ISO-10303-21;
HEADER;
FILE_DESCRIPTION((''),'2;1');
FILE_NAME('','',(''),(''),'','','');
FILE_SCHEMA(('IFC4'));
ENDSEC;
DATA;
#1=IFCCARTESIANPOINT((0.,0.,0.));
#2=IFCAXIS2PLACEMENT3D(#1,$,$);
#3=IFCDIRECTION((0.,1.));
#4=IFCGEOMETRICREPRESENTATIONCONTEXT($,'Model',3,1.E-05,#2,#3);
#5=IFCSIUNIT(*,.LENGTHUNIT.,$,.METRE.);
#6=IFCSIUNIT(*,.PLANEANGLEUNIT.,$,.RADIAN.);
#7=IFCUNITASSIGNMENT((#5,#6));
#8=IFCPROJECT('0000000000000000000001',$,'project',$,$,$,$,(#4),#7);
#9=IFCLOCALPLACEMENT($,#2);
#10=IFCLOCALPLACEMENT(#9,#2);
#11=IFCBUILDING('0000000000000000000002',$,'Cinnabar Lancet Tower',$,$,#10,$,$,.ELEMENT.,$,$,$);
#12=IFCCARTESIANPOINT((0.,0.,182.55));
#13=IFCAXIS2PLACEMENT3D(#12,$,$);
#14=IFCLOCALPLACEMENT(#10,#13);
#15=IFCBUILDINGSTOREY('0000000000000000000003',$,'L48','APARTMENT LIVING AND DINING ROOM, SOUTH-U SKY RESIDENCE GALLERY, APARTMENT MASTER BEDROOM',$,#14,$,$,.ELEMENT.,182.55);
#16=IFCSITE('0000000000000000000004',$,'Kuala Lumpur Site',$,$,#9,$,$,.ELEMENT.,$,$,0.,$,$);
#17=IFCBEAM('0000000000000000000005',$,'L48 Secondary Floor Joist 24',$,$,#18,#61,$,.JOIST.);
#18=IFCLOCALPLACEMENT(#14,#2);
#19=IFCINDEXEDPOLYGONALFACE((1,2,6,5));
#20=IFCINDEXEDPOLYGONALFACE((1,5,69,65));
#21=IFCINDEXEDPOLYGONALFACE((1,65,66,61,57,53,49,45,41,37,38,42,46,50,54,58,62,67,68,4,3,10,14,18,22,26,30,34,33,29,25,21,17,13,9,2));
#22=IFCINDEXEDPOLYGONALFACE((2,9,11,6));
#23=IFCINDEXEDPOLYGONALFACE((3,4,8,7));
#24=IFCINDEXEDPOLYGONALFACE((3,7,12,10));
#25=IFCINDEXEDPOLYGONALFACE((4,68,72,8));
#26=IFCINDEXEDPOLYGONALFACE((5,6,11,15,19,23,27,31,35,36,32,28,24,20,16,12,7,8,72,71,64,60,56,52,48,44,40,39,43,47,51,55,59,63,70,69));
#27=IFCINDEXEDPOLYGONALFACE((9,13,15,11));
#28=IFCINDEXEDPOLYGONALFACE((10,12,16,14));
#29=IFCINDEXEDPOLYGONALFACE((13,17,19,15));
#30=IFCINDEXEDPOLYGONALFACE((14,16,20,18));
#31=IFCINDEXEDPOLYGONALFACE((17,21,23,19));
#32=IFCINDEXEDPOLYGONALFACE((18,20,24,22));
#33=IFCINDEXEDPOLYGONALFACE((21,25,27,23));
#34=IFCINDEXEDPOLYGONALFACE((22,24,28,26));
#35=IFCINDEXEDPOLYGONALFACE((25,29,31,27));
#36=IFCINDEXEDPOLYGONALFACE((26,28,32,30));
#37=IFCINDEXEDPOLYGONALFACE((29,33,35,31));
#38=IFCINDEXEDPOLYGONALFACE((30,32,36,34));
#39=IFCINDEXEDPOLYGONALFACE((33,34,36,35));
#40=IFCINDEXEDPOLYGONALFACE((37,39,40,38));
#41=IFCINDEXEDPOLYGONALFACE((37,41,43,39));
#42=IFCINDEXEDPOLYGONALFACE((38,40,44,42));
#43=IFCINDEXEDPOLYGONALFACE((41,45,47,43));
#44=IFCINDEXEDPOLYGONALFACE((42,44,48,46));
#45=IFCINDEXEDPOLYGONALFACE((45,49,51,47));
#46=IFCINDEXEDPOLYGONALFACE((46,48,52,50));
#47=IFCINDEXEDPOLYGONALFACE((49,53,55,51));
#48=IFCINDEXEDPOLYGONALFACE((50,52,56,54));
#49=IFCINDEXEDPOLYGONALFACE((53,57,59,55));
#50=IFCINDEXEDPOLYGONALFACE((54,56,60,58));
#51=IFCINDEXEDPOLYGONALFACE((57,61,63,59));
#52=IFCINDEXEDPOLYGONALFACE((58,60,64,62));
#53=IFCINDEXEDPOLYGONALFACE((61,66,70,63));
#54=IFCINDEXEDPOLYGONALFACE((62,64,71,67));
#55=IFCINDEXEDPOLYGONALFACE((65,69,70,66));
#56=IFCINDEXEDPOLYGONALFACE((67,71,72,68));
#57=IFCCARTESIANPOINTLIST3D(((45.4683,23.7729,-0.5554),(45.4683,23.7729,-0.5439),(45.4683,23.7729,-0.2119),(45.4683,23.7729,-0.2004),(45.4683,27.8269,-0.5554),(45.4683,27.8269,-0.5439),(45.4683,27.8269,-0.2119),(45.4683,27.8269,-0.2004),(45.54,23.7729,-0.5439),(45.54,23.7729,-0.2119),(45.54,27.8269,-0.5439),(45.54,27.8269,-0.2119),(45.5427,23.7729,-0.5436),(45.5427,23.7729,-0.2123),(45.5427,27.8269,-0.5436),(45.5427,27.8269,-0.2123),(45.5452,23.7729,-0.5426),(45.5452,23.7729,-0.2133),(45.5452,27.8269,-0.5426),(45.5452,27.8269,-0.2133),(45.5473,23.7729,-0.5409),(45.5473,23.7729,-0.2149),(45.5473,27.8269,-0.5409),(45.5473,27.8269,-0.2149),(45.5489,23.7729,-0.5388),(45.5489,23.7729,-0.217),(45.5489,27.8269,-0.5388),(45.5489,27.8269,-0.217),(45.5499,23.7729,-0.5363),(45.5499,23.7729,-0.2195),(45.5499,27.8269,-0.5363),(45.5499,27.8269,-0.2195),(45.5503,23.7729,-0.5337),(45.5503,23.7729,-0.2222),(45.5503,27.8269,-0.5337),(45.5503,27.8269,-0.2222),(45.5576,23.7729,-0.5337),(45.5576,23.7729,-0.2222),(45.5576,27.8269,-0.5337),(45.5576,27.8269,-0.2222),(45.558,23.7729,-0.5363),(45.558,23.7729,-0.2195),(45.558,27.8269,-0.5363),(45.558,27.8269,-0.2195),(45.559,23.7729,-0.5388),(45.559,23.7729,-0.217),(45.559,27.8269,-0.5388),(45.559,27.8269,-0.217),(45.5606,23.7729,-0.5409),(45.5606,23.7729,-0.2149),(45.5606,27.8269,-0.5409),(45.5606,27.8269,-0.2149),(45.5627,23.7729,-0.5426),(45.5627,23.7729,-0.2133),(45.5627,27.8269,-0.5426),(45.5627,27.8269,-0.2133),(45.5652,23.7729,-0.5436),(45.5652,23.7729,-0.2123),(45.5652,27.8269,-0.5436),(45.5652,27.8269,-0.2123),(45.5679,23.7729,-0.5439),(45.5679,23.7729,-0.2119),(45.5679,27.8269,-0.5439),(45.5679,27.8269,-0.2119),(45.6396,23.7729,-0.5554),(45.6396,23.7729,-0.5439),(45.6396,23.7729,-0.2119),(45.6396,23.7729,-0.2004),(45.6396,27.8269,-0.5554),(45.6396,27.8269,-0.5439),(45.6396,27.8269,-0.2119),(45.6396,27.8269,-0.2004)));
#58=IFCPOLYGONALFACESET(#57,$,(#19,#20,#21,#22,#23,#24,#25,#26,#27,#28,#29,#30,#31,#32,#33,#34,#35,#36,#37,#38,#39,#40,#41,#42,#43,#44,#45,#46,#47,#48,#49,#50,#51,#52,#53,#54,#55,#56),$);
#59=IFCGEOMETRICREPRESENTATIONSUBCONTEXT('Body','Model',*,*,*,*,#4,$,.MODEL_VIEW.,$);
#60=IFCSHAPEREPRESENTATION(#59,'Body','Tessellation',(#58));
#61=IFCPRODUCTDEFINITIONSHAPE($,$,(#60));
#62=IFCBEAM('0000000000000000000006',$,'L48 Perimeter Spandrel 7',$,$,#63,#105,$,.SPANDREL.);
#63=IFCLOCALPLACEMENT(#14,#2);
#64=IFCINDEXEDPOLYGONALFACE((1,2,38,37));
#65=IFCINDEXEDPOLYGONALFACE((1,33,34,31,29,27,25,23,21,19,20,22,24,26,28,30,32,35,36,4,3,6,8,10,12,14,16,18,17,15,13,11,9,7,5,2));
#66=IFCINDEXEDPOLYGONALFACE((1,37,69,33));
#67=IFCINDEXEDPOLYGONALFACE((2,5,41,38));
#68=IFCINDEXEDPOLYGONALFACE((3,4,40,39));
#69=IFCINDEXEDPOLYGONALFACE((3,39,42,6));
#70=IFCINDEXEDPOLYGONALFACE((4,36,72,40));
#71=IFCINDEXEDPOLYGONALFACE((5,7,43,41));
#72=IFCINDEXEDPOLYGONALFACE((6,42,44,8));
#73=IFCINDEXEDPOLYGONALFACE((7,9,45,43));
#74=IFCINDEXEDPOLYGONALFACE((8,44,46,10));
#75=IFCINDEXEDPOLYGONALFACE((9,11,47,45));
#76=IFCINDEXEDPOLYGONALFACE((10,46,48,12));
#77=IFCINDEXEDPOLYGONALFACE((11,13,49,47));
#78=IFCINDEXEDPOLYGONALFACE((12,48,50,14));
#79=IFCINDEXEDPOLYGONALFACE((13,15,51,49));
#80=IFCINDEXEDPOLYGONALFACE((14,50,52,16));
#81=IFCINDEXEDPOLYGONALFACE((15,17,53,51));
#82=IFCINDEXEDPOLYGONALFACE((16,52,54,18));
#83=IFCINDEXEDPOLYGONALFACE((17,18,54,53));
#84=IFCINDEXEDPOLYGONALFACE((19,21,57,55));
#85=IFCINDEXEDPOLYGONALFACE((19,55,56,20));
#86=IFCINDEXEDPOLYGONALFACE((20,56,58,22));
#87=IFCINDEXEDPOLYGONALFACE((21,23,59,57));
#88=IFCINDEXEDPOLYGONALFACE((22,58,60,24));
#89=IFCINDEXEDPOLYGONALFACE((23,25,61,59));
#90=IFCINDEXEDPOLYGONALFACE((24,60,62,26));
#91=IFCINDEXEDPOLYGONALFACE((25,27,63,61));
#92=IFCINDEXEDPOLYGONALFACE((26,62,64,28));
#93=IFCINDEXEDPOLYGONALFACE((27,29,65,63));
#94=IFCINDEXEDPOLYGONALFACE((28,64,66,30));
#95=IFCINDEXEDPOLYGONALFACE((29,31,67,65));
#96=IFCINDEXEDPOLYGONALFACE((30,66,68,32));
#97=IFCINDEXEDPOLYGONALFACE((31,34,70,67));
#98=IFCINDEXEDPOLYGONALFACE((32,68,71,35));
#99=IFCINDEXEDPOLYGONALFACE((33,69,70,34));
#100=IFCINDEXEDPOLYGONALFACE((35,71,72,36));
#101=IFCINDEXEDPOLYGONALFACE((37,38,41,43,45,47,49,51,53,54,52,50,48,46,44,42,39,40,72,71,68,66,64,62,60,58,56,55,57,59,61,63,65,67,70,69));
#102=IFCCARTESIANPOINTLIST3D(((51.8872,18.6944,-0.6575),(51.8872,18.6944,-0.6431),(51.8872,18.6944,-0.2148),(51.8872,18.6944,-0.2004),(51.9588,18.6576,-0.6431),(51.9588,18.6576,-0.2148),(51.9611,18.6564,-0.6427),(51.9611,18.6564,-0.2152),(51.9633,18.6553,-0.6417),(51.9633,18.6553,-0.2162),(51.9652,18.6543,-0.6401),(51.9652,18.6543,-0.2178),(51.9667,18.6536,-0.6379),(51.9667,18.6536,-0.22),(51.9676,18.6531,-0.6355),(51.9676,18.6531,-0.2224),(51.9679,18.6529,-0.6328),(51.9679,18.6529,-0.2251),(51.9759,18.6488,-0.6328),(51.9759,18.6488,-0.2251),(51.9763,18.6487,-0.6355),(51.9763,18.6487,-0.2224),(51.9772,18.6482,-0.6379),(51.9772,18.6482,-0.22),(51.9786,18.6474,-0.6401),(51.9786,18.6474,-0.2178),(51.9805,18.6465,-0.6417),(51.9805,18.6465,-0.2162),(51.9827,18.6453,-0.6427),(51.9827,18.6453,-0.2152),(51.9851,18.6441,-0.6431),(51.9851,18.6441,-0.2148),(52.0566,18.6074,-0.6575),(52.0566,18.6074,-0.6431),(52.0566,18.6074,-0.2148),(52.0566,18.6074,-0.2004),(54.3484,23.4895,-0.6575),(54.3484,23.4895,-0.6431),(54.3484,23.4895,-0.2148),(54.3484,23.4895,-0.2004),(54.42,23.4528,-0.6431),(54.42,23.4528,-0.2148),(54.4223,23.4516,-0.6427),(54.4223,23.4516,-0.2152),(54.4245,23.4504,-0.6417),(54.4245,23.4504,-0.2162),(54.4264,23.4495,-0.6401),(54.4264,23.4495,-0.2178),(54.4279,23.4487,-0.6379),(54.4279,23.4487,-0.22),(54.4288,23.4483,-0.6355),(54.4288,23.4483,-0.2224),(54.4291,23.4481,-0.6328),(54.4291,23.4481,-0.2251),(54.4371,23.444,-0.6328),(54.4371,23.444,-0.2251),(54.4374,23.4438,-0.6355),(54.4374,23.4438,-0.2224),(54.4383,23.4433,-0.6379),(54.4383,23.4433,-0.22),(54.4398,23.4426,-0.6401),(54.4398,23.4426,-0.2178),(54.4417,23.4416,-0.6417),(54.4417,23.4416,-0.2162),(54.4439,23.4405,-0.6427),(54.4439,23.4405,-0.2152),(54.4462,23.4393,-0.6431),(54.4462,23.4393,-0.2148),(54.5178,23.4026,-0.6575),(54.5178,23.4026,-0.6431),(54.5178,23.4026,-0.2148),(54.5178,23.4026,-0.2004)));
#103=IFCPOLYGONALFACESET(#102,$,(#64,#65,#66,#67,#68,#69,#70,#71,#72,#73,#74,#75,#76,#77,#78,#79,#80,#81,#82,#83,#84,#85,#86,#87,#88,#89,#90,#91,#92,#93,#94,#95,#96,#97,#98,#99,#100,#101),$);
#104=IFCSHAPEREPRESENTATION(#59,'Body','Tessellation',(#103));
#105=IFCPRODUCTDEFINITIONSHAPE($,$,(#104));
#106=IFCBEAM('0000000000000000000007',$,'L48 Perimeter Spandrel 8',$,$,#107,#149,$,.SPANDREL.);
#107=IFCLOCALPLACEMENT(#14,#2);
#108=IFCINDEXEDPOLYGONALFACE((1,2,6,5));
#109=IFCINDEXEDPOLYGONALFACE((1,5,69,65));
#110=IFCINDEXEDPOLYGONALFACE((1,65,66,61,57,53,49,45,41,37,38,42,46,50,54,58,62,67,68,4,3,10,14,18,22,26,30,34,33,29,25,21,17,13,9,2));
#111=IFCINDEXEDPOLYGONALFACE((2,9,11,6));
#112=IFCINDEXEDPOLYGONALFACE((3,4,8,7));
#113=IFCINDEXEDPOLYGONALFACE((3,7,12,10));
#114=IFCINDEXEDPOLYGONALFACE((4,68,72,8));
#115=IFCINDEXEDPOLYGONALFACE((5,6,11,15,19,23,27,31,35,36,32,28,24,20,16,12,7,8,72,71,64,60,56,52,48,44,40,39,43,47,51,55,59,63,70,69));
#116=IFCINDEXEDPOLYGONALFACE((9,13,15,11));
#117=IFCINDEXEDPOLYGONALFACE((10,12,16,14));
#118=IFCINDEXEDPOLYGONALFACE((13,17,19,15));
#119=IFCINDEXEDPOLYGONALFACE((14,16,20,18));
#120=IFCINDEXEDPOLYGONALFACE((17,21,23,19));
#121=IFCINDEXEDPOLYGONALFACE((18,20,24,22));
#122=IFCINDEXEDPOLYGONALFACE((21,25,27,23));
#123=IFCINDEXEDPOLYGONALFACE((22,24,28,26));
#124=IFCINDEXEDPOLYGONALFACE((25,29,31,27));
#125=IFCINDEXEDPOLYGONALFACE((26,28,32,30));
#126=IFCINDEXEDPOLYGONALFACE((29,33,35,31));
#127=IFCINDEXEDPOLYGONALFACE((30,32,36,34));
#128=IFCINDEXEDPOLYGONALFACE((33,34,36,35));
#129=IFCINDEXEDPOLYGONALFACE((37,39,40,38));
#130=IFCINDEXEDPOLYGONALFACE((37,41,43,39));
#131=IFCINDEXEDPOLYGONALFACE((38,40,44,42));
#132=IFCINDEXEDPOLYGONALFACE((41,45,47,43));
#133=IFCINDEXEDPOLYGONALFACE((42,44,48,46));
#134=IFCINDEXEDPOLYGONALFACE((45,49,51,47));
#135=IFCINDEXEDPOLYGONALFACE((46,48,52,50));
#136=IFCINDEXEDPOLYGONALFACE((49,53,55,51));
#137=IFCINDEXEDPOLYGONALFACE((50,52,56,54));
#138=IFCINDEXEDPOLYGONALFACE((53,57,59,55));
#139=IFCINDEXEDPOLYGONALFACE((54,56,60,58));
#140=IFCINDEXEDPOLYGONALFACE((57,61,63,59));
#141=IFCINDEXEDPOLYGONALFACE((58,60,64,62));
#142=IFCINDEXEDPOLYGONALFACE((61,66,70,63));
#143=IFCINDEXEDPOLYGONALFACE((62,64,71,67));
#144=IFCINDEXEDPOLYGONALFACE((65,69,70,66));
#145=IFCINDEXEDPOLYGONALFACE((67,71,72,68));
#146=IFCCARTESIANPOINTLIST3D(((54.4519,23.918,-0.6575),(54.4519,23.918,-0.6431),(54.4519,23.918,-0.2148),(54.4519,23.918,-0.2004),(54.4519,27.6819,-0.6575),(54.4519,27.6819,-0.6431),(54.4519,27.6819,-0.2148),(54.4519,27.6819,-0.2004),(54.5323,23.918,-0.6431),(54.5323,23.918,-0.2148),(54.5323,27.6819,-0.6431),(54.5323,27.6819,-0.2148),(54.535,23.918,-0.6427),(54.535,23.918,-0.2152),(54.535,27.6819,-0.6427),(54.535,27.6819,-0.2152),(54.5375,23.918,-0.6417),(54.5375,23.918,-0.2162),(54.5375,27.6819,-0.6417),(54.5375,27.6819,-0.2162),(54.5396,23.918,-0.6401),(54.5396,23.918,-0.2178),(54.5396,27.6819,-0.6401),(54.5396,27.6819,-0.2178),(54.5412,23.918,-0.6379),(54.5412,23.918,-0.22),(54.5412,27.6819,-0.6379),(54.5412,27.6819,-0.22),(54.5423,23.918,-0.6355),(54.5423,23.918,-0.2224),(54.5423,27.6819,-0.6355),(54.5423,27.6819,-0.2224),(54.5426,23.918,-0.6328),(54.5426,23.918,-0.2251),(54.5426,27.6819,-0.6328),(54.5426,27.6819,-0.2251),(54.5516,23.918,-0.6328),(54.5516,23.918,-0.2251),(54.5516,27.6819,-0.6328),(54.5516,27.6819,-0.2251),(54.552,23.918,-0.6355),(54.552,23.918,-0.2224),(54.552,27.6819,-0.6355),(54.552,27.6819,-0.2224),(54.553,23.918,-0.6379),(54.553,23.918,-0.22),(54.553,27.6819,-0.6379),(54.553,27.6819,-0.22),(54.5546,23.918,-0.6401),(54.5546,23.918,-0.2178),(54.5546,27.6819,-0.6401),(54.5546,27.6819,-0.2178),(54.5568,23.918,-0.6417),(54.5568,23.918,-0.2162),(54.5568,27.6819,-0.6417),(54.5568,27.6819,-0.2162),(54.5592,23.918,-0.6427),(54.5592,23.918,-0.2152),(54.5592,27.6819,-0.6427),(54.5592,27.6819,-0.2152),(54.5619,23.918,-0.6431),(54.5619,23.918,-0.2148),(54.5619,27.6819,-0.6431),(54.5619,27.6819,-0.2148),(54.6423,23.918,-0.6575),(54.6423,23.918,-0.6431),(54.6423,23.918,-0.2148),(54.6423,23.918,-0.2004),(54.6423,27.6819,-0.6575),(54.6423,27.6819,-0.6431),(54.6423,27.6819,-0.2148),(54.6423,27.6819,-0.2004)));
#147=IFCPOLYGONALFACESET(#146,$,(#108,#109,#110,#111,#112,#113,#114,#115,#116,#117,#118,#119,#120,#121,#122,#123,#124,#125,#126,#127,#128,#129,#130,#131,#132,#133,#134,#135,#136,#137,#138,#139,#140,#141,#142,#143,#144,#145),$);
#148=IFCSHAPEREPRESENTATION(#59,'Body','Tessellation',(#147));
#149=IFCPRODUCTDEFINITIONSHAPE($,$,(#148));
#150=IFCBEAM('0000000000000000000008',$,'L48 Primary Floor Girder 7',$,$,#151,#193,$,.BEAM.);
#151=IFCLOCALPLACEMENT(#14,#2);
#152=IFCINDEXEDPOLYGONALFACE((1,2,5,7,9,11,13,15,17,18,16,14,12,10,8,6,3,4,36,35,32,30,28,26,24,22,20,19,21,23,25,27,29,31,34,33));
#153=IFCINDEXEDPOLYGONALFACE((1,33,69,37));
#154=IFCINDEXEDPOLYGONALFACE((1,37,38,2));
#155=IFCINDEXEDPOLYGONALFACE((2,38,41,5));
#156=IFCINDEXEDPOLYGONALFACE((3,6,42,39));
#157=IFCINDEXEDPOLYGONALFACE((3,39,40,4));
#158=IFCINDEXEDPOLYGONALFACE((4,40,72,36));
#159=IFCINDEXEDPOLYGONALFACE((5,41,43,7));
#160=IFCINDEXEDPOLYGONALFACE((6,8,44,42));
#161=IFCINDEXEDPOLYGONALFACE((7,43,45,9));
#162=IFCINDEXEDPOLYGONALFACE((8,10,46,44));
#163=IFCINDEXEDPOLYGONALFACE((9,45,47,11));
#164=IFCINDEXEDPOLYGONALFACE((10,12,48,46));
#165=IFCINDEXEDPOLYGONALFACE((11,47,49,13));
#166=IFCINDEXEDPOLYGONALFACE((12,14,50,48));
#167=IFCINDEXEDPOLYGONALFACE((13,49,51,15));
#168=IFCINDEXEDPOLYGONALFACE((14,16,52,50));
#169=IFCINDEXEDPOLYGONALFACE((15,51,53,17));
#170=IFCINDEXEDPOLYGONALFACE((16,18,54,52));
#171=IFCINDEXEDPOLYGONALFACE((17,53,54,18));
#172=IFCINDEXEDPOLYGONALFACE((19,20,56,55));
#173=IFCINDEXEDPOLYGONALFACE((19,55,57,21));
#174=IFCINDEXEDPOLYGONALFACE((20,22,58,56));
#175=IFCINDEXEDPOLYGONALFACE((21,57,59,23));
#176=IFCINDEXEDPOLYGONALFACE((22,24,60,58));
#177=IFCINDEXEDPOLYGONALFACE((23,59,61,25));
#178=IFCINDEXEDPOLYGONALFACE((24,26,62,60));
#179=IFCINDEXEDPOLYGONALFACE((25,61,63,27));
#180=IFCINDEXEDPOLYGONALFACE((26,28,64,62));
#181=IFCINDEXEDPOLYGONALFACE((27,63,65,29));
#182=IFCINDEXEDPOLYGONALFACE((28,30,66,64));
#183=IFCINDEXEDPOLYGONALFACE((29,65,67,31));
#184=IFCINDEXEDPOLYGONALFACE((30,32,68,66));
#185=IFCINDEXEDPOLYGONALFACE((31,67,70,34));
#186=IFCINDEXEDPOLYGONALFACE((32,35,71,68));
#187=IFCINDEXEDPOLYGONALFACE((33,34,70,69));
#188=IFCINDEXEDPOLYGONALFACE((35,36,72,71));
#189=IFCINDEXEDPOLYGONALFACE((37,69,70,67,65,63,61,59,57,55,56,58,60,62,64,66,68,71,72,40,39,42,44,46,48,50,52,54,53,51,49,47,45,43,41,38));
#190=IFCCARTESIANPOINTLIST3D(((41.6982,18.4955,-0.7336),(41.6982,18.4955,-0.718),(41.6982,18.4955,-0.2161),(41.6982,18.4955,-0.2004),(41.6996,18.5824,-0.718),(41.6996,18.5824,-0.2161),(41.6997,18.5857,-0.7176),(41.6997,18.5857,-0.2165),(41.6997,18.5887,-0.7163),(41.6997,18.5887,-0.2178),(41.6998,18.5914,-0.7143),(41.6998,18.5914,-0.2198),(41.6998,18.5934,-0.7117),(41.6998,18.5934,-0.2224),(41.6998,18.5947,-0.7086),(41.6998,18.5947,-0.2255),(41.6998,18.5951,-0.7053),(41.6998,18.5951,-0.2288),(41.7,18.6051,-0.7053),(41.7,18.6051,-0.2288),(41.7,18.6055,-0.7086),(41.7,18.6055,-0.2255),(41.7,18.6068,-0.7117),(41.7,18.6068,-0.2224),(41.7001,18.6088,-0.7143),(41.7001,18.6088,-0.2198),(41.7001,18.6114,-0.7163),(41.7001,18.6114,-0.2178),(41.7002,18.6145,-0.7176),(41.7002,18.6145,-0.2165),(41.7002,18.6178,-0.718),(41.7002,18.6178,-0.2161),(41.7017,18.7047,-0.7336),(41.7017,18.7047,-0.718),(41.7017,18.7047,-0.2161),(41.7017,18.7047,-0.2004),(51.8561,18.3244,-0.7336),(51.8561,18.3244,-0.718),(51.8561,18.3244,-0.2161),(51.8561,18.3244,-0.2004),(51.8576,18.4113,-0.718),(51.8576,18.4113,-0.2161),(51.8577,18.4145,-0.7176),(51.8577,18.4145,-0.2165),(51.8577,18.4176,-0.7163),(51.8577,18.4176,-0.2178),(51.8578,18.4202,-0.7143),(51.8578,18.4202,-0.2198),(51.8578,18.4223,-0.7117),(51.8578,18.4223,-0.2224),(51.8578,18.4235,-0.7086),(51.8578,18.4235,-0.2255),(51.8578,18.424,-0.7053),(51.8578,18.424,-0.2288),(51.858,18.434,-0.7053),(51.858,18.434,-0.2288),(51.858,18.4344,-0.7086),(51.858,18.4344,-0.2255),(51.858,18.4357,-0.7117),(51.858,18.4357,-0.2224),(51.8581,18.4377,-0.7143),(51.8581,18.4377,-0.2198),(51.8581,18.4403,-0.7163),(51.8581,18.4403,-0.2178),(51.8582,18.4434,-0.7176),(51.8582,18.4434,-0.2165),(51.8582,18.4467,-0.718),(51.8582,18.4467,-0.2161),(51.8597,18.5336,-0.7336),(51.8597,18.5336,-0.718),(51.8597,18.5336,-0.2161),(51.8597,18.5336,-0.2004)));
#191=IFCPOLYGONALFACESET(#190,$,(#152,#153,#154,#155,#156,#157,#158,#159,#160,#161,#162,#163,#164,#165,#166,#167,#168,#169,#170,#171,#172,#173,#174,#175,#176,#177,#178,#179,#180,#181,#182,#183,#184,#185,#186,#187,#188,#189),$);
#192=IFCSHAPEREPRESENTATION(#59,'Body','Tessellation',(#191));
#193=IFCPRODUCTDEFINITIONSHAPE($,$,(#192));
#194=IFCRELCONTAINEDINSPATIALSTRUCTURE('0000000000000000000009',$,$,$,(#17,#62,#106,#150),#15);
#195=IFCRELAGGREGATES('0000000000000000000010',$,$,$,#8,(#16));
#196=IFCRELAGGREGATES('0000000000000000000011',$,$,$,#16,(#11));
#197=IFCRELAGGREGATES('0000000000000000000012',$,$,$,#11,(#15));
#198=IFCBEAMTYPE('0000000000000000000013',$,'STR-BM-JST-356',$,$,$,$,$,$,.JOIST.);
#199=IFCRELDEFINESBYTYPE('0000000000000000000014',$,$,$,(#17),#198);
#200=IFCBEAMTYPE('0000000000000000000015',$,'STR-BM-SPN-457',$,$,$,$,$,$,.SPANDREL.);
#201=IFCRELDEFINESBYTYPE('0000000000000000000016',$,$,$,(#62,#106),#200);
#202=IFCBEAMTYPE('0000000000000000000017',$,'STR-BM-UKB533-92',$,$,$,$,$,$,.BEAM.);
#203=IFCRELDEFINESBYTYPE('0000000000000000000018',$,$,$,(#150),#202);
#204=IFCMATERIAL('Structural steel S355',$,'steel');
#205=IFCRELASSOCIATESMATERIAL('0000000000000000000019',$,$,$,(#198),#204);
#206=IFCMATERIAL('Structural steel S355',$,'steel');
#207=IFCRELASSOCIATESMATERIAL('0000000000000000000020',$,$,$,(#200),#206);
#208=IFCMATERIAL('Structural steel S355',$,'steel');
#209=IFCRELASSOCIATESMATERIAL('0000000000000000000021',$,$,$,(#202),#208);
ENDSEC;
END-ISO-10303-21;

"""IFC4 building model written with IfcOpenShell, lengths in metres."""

from ifc_helpers import new_model, si_unit, direction, frame, origin, origin_2d, place, context, subcontext, project, spatial, i_section, extrude, material, material_profile, profile_set, type_object, element, save


model = new_model("IFC4")

# Units and contexts
model_context = context("Model", 3, precision=1e-05, world=origin(), true_north=direction((0.0, 1.0)))
body_context = subcontext(model_context, "Body", "Model", "MODEL_VIEW")
ifc_project = project(units=[si_unit("LENGTHUNIT", "METRE"), si_unit("PLANEANGLEUNIT", "RADIAN")], contexts=[model_context])

# Site, building, storey
site_placement = place(None, origin())
site = spatial("IfcSite", under=ifc_project, at=site_placement, Name="Kuala Lumpur Site", CompositionType="ELEMENT", RefElevation=0.0)
building_placement = place(site_placement, origin())
building = spatial("IfcBuilding", under=site, at=building_placement, Name="Cinnabar Lancet Tower", CompositionType="ELEMENT")
storey_placement = place(building_placement, frame((0.0, 0.0, 182.55)))
storey = spatial("IfcBuildingStorey", under=building, at=storey_placement, Name="L48", Description="APARTMENT LIVING AND DINING ROOM, SOUTH-U SKY RESIDENCE GALLERY, APARTMENT MASTER BEDROOM", CompositionType="ELEMENT", Elevation=182.55)

# Beams
ifc_material_1 = material(Name="Structural steel S355", Category="steel")
ifc_material_profile_1 = material_profile(ifc_material_1, i_section(OverallWidth=0.1714, OverallDepth=0.355, WebThickness=0.0073, FlangeThickness=0.0115, FilletRadius=0.0103, at=origin_2d()), Name="UKB 356x171x51")
ifc_profile_set_1 = profile_set([ifc_material_profile_1], Name="Structural steel S355")
beam_type_1 = type_object("IfcBeamType", Name="STR-BM-JST-356", PredefinedType="JOIST", material=ifc_profile_set_1)
for number, where, z_axis, x_axis, name in (
    (1, (45.554, 23.7729, -0.3779), (0.0, 1.0, 0.0), (-1.0, 0.0, 0.0), "L48 Secondary Floor Joist 24"),
):
    element("IfcBeam", number, at=place(storey_placement, frame(where, z_axis=z_axis, x_axis=x_axis)), inside=storey, type_object=beam_type_1, Name=name, PredefinedType="JOIST", context=body_context, shape_type="SweptSolid", body=[
        extrude(i_section(OverallWidth=0.1714, OverallDepth=0.355, WebThickness=0.0073, FlangeThickness=0.0115, FilletRadius=0.0103, at=origin_2d()), origin(), (0.0, 0.0, 1.0), 4.054),
    ])
ifc_material_2 = material(Name="Structural steel S355", Category="steel")
ifc_material_profile_2 = material_profile(ifc_material_2, i_section(OverallWidth=0.1904, OverallDepth=0.457, WebThickness=0.009, FlangeThickness=0.0144, FilletRadius=0.0103, at=origin_2d()), Name="UKB 457x191x74")
ifc_profile_set_2 = profile_set([ifc_material_profile_2], Name="Structural steel S355")
beam_type_2 = type_object("IfcBeamType", Name="STR-BM-SPN-457", PredefinedType="SPANDREL", material=ifc_profile_set_2)
beam_1_placement = place(storey_placement, frame((51.9719, 18.6509, -0.429), z_axis=(0.456628, 0.889658, 0.0), x_axis=(-0.889658, 0.456628, 0.0)))
element("IfcBeam", 2, at=beam_1_placement, inside=storey, type_object=beam_type_2, Name="L48 Perimeter Spandrel 7", PredefinedType="SPANDREL", context=body_context, shape_type="SweptSolid", body=[
    extrude(i_section(OverallWidth=0.1904, OverallDepth=0.457, WebThickness=0.009, FlangeThickness=0.0144, FilletRadius=0.0103, at=origin_2d()), origin(), (0.0, 0.0, 1.0), 5.3899),
])
beam_2_placement = place(storey_placement, frame((54.5471, 23.918, -0.429), z_axis=(0.0, 1.0, 0.0), x_axis=(-1.0, 0.0, 0.0)))
element("IfcBeam", 3, at=beam_2_placement, inside=storey, type_object=beam_type_2, Name="L48 Perimeter Spandrel 8", PredefinedType="SPANDREL", context=body_context, shape_type="SweptSolid", body=[
    extrude(i_section(OverallWidth=0.1904, OverallDepth=0.457, WebThickness=0.009, FlangeThickness=0.0144, FilletRadius=0.0103, at=origin_2d()), origin(), (0.0, 0.0, 1.0), 3.7639),
])
ifc_material_3 = material(Name="Structural steel S355", Category="steel")
ifc_material_profile_3 = material_profile(ifc_material_3, i_section(OverallWidth=0.2092, OverallDepth=0.5332, WebThickness=0.01, FlangeThickness=0.0156, FilletRadius=0.0127, at=origin_2d()), Name="UKB 533x210x92")
ifc_profile_set_3 = profile_set([ifc_material_profile_3], Name="Structural steel S355")
beam_type_3 = type_object("IfcBeamType", Name="STR-BM-UKB533-92", PredefinedType="BEAM", material=ifc_profile_set_3)
beam_3_placement = place(storey_placement, frame((51.8579, 18.429, -0.467), z_axis=(-0.999858, 0.016846, 0.0), x_axis=(-0.016846, -0.999858, 0.0)))
element("IfcBeam", 4, at=beam_3_placement, inside=storey, type_object=beam_type_3, Name="L48 Primary Floor Girder 7", PredefinedType="BEAM", context=body_context, shape_type="SweptSolid", body=[
    extrude(i_section(OverallWidth=0.2092, OverallDepth=0.5332, WebThickness=0.01, FlangeThickness=0.0156, FilletRadius=0.0127, at=origin_2d()), origin(), (0.0, 0.0, 1.0), 10.1594),
])

save(model, "model.ifc")
